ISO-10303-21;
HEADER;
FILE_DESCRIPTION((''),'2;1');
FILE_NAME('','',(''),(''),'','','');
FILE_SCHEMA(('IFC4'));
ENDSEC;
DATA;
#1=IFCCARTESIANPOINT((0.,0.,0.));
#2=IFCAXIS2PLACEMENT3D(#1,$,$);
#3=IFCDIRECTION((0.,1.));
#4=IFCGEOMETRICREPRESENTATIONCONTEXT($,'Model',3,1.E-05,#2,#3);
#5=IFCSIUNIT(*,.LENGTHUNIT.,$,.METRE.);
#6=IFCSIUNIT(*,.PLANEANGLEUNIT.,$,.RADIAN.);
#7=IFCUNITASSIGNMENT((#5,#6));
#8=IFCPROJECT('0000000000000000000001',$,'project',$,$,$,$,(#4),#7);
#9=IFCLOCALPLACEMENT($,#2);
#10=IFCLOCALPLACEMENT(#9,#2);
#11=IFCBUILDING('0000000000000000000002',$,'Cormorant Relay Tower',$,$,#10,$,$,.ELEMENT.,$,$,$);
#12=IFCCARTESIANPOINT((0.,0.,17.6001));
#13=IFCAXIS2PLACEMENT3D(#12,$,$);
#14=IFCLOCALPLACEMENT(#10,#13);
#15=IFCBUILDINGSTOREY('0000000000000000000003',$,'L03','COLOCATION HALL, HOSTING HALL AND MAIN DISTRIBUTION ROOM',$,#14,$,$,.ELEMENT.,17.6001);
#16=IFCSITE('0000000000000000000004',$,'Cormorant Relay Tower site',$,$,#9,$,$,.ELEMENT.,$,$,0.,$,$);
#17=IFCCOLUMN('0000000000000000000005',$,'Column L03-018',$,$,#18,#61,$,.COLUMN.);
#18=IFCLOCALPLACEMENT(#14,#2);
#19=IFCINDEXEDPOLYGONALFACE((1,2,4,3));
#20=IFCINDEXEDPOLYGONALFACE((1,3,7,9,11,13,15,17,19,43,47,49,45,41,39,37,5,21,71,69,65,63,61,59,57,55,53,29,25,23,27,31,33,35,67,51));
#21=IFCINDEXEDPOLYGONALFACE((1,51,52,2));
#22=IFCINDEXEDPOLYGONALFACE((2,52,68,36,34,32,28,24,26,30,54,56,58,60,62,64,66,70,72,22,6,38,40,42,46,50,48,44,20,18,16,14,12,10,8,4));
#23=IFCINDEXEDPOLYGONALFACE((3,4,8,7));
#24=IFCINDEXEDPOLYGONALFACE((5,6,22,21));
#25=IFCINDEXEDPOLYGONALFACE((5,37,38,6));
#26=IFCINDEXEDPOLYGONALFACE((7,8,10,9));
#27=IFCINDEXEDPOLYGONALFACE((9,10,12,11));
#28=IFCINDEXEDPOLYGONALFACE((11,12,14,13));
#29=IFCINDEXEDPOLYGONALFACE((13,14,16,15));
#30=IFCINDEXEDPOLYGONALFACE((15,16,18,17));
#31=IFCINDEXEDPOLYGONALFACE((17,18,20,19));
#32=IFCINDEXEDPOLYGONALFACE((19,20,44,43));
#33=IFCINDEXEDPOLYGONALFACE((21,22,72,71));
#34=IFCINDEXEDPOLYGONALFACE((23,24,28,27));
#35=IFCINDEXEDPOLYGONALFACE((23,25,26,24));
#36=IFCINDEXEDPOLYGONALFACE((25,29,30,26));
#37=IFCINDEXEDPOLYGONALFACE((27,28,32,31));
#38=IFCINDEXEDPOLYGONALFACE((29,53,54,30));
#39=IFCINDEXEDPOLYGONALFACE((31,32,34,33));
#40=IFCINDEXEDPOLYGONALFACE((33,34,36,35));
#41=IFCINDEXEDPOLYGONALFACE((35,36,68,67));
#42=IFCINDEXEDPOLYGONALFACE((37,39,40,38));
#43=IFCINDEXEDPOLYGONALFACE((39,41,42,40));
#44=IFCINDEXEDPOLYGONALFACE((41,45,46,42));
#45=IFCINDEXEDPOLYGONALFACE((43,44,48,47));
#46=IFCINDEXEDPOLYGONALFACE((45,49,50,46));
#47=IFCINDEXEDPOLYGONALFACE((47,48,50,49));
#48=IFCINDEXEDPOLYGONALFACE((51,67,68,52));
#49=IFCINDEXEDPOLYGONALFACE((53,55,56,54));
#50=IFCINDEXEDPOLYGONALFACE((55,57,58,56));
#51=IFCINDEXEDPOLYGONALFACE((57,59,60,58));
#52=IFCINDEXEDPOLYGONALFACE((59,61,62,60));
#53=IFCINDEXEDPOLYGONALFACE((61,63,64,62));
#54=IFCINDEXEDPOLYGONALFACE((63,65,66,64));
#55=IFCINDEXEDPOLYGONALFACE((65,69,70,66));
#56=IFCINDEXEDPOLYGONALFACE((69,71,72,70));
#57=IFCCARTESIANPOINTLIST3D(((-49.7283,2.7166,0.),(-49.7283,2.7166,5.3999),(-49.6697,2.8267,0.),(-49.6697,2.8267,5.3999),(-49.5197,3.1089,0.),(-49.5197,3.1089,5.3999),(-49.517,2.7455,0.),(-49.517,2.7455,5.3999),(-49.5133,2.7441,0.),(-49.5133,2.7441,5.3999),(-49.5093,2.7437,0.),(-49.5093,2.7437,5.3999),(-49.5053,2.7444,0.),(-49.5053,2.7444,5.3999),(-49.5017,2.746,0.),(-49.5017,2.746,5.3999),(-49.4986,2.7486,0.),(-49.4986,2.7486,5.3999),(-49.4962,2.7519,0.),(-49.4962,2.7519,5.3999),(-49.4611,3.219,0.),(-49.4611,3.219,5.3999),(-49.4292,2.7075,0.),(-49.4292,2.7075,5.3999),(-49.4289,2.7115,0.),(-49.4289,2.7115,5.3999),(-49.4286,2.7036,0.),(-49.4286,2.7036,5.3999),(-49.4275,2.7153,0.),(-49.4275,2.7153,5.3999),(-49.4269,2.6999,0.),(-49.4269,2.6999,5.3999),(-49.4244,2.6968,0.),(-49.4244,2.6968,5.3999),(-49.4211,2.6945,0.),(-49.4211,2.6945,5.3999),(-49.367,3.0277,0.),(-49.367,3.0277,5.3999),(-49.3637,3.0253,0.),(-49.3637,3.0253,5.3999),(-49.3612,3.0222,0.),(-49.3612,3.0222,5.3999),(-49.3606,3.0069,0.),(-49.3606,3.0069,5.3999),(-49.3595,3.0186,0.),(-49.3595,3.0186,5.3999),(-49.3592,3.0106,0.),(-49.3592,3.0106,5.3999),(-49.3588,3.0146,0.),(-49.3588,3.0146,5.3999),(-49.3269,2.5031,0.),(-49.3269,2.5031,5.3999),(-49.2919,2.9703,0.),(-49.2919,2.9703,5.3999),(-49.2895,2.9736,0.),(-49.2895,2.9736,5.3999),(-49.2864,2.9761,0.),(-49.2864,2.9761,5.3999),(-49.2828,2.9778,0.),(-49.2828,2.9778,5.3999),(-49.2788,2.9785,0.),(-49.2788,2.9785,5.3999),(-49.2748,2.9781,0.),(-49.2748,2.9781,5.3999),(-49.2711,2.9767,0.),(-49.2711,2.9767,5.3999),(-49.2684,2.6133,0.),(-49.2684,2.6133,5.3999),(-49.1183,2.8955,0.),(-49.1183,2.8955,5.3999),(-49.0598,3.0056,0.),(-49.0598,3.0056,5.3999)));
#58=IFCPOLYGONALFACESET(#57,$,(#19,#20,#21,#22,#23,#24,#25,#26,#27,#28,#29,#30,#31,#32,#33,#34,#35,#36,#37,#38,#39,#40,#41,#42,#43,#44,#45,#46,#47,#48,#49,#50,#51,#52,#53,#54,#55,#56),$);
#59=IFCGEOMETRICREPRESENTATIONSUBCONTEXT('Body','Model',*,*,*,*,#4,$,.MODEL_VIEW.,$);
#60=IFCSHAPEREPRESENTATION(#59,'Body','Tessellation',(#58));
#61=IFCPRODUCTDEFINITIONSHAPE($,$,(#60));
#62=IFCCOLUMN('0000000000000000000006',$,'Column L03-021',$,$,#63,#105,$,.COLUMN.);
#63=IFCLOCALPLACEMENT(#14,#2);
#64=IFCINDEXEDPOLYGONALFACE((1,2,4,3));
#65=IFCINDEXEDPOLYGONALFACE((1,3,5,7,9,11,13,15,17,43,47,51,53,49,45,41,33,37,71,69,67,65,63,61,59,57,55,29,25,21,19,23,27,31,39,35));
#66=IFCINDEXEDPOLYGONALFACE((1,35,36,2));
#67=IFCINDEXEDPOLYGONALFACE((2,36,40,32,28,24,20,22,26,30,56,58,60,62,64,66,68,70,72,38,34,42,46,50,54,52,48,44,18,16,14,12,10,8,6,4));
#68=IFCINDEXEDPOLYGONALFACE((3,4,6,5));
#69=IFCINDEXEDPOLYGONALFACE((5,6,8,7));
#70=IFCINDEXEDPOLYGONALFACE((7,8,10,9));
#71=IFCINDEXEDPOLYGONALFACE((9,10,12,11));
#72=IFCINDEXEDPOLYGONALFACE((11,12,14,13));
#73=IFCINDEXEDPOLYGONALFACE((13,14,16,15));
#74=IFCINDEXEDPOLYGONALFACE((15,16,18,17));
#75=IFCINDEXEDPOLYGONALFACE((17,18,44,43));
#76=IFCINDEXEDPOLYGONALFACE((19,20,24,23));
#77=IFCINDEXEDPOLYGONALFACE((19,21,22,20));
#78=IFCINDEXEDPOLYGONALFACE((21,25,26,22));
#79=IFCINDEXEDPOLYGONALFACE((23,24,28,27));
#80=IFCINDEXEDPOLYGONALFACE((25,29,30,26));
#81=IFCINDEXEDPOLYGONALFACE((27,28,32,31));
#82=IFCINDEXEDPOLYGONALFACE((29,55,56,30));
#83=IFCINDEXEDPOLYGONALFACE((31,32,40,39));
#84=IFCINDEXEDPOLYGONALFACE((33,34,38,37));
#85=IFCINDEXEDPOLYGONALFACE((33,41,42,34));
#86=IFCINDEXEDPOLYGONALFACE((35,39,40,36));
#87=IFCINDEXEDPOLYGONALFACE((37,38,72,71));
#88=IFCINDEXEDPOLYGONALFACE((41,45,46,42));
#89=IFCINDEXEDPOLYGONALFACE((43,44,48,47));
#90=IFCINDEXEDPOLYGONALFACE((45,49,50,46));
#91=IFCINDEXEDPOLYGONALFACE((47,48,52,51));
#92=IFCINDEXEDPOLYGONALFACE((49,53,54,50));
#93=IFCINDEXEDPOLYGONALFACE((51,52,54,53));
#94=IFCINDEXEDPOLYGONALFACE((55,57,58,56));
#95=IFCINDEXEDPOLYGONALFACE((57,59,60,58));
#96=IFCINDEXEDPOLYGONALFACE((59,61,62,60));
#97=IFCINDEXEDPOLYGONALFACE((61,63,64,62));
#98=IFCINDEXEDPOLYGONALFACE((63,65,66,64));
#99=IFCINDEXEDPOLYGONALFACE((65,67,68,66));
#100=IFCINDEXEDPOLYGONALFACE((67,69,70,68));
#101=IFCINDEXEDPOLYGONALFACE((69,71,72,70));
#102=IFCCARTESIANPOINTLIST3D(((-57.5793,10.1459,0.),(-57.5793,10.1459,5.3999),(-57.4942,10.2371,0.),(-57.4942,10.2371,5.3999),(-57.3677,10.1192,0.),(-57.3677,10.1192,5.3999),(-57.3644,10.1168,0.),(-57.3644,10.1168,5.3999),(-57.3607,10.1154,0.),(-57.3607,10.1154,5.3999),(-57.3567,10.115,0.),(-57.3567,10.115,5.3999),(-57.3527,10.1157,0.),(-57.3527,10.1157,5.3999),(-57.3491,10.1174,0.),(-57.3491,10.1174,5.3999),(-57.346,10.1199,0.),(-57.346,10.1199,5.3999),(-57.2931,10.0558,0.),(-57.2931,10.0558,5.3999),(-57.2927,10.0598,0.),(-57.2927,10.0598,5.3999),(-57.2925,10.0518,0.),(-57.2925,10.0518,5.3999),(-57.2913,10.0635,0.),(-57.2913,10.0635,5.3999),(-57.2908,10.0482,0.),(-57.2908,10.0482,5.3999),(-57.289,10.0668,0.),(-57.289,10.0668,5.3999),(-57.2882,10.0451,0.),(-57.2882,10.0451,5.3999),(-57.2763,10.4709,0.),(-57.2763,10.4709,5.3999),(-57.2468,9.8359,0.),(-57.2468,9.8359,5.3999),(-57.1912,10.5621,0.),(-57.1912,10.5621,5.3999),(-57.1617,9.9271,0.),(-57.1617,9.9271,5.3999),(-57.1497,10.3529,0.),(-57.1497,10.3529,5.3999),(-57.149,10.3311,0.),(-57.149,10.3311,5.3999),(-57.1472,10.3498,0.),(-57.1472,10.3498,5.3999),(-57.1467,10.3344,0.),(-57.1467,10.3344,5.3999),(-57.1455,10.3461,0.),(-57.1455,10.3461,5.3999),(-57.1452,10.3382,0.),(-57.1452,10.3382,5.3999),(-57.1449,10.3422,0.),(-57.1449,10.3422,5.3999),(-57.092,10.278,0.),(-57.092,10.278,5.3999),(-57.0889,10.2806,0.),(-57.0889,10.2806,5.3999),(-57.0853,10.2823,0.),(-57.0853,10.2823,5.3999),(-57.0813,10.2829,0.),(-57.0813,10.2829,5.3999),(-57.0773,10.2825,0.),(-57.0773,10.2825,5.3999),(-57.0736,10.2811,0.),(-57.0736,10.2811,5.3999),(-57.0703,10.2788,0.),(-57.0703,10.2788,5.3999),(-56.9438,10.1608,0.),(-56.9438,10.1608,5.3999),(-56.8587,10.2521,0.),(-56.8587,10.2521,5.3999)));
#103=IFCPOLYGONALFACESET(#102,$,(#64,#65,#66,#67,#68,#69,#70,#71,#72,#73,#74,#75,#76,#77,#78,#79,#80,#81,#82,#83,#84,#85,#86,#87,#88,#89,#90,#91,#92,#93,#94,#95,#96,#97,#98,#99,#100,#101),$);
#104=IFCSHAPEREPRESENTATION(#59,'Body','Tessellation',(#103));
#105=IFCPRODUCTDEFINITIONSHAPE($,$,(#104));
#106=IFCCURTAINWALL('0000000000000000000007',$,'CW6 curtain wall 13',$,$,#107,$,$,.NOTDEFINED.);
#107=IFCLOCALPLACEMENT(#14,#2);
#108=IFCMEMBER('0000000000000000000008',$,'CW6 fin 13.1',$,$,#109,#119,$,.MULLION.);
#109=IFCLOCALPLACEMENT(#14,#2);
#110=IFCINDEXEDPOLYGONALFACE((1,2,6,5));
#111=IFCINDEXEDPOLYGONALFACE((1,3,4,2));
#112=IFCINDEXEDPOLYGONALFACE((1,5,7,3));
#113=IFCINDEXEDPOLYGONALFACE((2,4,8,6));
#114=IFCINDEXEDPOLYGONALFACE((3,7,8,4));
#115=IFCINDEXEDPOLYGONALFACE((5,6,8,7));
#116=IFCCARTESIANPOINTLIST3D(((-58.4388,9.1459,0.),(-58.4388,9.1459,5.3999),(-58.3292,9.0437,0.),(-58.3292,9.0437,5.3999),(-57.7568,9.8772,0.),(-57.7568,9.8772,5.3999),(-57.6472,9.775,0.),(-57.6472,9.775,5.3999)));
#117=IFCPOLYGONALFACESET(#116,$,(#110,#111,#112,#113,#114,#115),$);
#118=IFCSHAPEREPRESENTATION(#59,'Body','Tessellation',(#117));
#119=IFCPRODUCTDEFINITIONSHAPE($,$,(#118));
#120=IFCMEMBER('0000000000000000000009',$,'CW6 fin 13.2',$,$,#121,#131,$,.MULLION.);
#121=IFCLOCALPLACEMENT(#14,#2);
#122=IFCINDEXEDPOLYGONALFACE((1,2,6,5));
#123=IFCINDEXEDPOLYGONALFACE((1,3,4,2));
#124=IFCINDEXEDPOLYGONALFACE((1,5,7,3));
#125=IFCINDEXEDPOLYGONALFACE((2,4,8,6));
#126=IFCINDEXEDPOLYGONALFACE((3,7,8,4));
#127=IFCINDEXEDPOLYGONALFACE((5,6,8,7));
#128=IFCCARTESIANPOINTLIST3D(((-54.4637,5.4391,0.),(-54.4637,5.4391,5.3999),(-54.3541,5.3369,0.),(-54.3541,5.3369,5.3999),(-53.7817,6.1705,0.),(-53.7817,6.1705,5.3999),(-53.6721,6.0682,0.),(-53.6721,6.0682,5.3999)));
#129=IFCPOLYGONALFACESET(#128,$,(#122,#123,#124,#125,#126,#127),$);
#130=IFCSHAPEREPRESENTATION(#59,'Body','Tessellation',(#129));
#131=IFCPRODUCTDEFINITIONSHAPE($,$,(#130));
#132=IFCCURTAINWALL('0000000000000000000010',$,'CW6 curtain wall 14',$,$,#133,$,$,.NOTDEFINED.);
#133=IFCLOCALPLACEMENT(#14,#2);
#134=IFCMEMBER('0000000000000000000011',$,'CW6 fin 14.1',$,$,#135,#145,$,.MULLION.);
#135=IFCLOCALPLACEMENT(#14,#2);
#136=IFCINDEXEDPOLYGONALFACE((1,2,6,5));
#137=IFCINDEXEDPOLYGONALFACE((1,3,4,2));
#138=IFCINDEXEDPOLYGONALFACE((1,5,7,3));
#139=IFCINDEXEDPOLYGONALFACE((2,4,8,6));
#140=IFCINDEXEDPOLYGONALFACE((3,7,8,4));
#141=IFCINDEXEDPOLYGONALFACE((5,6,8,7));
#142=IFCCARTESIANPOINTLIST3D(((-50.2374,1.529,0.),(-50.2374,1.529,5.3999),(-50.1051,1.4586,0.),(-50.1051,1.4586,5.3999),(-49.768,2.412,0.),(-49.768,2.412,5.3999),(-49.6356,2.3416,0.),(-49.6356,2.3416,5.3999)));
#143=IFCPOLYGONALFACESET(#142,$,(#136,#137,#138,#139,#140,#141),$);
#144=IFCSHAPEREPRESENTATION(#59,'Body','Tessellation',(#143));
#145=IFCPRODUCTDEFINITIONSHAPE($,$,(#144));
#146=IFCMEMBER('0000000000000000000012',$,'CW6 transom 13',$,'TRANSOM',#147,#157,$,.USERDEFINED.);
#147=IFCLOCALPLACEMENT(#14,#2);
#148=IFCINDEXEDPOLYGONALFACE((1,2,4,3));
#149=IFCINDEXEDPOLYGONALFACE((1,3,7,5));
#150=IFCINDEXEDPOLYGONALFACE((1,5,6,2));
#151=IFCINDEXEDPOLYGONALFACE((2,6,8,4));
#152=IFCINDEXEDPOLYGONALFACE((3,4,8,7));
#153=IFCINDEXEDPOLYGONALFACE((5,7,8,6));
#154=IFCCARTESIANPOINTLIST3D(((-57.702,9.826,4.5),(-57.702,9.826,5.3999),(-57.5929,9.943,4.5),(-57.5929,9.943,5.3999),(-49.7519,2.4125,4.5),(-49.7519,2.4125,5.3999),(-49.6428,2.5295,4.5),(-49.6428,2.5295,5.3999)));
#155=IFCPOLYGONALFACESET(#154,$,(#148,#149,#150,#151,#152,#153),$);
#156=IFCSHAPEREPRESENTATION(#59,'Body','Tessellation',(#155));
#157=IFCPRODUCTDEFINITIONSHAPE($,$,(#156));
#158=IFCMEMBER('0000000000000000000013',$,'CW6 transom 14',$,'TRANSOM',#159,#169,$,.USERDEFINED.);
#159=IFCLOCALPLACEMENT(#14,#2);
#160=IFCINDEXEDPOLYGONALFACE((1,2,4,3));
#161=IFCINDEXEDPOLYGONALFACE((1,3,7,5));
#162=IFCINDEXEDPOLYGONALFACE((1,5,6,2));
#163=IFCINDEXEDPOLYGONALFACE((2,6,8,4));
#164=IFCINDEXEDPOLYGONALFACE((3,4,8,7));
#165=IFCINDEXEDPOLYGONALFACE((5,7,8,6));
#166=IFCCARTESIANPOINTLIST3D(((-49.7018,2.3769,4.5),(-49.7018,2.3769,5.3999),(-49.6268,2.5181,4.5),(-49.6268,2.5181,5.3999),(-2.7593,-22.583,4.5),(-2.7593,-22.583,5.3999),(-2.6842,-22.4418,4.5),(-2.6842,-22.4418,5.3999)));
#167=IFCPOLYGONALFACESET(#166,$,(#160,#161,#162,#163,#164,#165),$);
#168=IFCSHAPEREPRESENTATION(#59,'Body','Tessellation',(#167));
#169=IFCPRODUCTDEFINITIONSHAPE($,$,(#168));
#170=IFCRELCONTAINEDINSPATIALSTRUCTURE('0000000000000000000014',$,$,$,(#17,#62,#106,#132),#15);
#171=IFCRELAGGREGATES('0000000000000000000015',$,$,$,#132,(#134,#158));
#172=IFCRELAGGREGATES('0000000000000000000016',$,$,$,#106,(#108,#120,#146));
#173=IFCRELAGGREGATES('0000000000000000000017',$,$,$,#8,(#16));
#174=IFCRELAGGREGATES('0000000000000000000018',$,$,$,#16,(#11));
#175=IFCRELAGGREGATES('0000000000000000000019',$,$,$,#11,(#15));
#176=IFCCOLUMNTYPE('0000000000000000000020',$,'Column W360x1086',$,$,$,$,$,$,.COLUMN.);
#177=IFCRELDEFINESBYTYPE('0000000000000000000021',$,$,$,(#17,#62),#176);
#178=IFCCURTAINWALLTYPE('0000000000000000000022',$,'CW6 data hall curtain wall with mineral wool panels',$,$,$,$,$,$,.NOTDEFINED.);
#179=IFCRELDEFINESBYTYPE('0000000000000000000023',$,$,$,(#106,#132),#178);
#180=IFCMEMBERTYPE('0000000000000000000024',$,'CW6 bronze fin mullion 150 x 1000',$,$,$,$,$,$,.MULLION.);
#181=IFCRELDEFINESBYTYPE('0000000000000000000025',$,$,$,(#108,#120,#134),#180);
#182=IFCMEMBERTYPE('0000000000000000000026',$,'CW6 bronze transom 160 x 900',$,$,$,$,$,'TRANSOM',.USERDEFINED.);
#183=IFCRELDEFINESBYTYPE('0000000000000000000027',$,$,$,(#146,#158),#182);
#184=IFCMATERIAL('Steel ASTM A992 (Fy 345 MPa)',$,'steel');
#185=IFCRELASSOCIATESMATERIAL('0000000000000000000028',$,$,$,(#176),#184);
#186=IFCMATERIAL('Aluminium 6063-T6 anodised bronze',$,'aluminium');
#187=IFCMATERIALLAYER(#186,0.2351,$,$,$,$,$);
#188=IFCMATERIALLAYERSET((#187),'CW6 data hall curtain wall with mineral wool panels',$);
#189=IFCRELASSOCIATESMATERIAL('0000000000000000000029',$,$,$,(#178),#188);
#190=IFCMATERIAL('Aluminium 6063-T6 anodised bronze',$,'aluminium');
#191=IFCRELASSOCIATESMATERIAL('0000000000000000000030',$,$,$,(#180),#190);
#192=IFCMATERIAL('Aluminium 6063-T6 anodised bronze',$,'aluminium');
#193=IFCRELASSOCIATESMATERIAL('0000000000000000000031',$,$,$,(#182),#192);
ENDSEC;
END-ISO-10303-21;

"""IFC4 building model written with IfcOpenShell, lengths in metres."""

from ifc_helpers import new_model, si_unit, direction, frame, origin, origin_2d, place, context, subcontext, project, spatial, rectangle, i_section, extrude, material, layer, layer_set, material_profile, profile_set, type_object, element, aggregate, save


model = new_model("IFC4")

# Units and contexts
model_context = context("Model", 3, precision=1e-05, world=origin(), true_north=direction((0.0, 1.0)))
body_context = subcontext(model_context, "Body", "Model", "MODEL_VIEW")
ifc_project = project(units=[si_unit("LENGTHUNIT", "METRE"), si_unit("PLANEANGLEUNIT", "RADIAN")], contexts=[model_context])

# Site, building, storey
site_placement = place(None, origin())
site = spatial("IfcSite", under=ifc_project, at=site_placement, Name="Cormorant Relay Tower site", CompositionType="ELEMENT", RefElevation=0.0)
building_placement = place(site_placement, origin())
building = spatial("IfcBuilding", under=site, at=building_placement, Name="Cormorant Relay Tower", CompositionType="ELEMENT")
storey_placement = place(building_placement, frame((0.0, 0.0, 17.6001)))
storey = spatial("IfcBuildingStorey", under=building, at=storey_placement, Name="L03", Description="COLOCATION HALL, HOSTING HALL AND MAIN DISTRIBUTION ROOM", CompositionType="ELEMENT", Elevation=17.6001)

# Columns
ifc_material_1 = material(Name="Steel ASTM A992 (Fy 345 MPa)", Category="steel")
ifc_material_profile_1 = material_profile(ifc_material_1, i_section(OverallWidth=0.4546, OverallDepth=0.5691, WebThickness=0.0779, FlangeThickness=0.1248, FilletRadius=0.0154, at=origin_2d()), Name="W360x1086")
ifc_profile_set_1 = profile_set([ifc_material_profile_1], Name="Steel ASTM A992 (Fy 345 MPa)")
column_type = type_object("IfcColumnType", Name="Column W360x1086", PredefinedType="COLUMN", material=ifc_profile_set_1)
for number, where, z_axis, x_axis, name in (
    (1, (-49.394, 2.8611, 0.0), (0.0, 0.0, 1.0), (0.882948, -0.469472, 0.0), "Column L03-018"),
    (2, (-57.219, 10.199, 0.0), (0.0, 0.0, 1.0), (0.731354, -0.681998, 0.0), "Column L03-021"),
):
    element("IfcColumn", number, at=place(storey_placement, frame(where, z_axis=z_axis, x_axis=x_axis)), inside=storey, type_object=column_type, Name=name, PredefinedType="COLUMN", context=body_context, shape_type="SweptSolid", body=[
        extrude(i_section(OverallWidth=0.4546, OverallDepth=0.5691, WebThickness=0.0779, FlangeThickness=0.1248, FilletRadius=0.0154, at=origin_2d()), origin(), (0.0, 0.0, 1.0), 5.3999),
    ])

# Curtain wall, members
ifc_material_2 = material(Name="Aluminium 6063-T6 anodised bronze", Category="aluminium")
ifc_layer_1 = layer(ifc_material_2, 0.2351)
ifc_layer_set_1 = layer_set([ifc_layer_1], Name="CW6 data hall curtain wall with mineral wool panels")
curtain_wall_type = type_object("IfcCurtainWallType", Name="CW6 data hall curtain wall with mineral wool panels", PredefinedType="NOTDEFINED", material=ifc_layer_set_1)
curtain_wall_1_placement = place(storey_placement, origin())
curtain_wall_1 = element("IfcCurtainWall", 3, at=curtain_wall_1_placement, inside=storey, type_object=curtain_wall_type, Name="CW6 curtain wall 13", PredefinedType="NOTDEFINED")
ifc_material_3 = material(Name="Aluminium 6063-T6 anodised bronze", Category="aluminium")
ifc_material_profile_2 = material_profile(ifc_material_3, rectangle(XDim=0.1499, YDim=1.0, at=origin_2d()), Name="AL 150x1000")
ifc_profile_set_2 = profile_set([ifc_material_profile_2], Name="Aluminium 6063-T6 anodised bronze")
member_type_1 = type_object("IfcMemberType", Name="CW6 bronze fin mullion 150 x 1000", PredefinedType="MULLION", material=ifc_profile_set_2)
member_1_placement = place(storey_placement, frame((-58.043, 9.4604, 0.0), z_axis=(0.0, 0.0, 1.0), x_axis=(0.731354, -0.681998, 0.0)))
member_1 = element("IfcMember", 4, at=member_1_placement, type_object=member_type_1, Name="CW6 fin 13.1", PredefinedType="MULLION", context=body_context, shape_type="SweptSolid", body=[
    extrude(rectangle(XDim=0.1499, YDim=1.0, at=origin_2d()), origin(), (0.0, 0.0, 1.0), 5.3999),
])
member_2_placement = place(storey_placement, frame((-54.0679, 5.7537, 0.0), z_axis=(0.0, 0.0, 1.0), x_axis=(0.731354, -0.681998, 0.0)))
member_2 = element("IfcMember", 5, at=member_2_placement, type_object=member_type_1, Name="CW6 fin 13.2", PredefinedType="MULLION", context=body_context, shape_type="SweptSolid", body=[
    extrude(rectangle(XDim=0.1499, YDim=1.0, at=origin_2d()), origin(), (0.0, 0.0, 1.0), 5.3999),
])

# Curtain wall, member
curtain_wall_2_placement = place(storey_placement, origin())
curtain_wall_2 = element("IfcCurtainWall", 6, at=curtain_wall_2_placement, inside=storey, type_object=curtain_wall_type, Name="CW6 curtain wall 14", PredefinedType="NOTDEFINED")
member_3_placement = place(storey_placement, frame((-49.9365, 1.9353, 0.0), z_axis=(0.0, 0.0, 1.0), x_axis=(0.882948, -0.469472, 0.0)))
member_3 = element("IfcMember", 7, at=member_3_placement, type_object=member_type_1, Name="CW6 fin 14.1", PredefinedType="MULLION", context=body_context, shape_type="SweptSolid", body=[
    extrude(rectangle(XDim=0.1499, YDim=1.0, at=origin_2d()), origin(), (0.0, 0.0, 1.0), 5.3999),
])

# Members
ifc_material_4 = material(Name="Aluminium 6063-T6 anodised bronze", Category="aluminium")
ifc_material_profile_3 = material_profile(ifc_material_4, rectangle(XDim=0.1599, YDim=0.8999, at=origin_2d()), Name="AL 160x900")
ifc_profile_set_3 = profile_set([ifc_material_profile_3], Name="Aluminium 6063-T6 anodised bronze")
member_type_2 = type_object("IfcMemberType", Name="CW6 bronze transom 160 x 900", ElementType="TRANSOM", PredefinedType="USERDEFINED", material=ifc_profile_set_3)
member_4_placement = place(storey_placement, frame((-57.6475, 9.8845, 4.95), z_axis=(0.731358, -0.681993, 0.0), x_axis=(0.681993, 0.731358, 0.0)))
member_4 = element("IfcMember", 8, at=member_4_placement, type_object=member_type_2, Name="CW6 transom 13", ObjectType="TRANSOM", PredefinedType="USERDEFINED", context=body_context, shape_type="SweptSolid", body=[
    extrude(rectangle(XDim=0.1599, YDim=0.8999, at=origin_2d()), origin(), (0.0, 0.0, 1.0), 10.8704),
])
member_5_placement = place(storey_placement, frame((-49.6643, 2.4475, 4.95), z_axis=(0.882947, -0.469473, 0.0), x_axis=(0.469473, 0.882947, 0.0)))
member_5 = element("IfcMember", 9, at=member_5_placement, type_object=member_type_2, Name="CW6 transom 14", ObjectType="TRANSOM", PredefinedType="USERDEFINED", context=body_context, shape_type="SweptSolid", body=[
    extrude(rectangle(XDim=0.1599, YDim=0.8999, at=origin_2d()), origin(), (0.0, 0.0, 1.0), 53.1658),
])
aggregate(curtain_wall_2, [member_3, member_5])

aggregate(curtain_wall_1, [member_1, member_2, member_4])

save(model, "model.ifc")
